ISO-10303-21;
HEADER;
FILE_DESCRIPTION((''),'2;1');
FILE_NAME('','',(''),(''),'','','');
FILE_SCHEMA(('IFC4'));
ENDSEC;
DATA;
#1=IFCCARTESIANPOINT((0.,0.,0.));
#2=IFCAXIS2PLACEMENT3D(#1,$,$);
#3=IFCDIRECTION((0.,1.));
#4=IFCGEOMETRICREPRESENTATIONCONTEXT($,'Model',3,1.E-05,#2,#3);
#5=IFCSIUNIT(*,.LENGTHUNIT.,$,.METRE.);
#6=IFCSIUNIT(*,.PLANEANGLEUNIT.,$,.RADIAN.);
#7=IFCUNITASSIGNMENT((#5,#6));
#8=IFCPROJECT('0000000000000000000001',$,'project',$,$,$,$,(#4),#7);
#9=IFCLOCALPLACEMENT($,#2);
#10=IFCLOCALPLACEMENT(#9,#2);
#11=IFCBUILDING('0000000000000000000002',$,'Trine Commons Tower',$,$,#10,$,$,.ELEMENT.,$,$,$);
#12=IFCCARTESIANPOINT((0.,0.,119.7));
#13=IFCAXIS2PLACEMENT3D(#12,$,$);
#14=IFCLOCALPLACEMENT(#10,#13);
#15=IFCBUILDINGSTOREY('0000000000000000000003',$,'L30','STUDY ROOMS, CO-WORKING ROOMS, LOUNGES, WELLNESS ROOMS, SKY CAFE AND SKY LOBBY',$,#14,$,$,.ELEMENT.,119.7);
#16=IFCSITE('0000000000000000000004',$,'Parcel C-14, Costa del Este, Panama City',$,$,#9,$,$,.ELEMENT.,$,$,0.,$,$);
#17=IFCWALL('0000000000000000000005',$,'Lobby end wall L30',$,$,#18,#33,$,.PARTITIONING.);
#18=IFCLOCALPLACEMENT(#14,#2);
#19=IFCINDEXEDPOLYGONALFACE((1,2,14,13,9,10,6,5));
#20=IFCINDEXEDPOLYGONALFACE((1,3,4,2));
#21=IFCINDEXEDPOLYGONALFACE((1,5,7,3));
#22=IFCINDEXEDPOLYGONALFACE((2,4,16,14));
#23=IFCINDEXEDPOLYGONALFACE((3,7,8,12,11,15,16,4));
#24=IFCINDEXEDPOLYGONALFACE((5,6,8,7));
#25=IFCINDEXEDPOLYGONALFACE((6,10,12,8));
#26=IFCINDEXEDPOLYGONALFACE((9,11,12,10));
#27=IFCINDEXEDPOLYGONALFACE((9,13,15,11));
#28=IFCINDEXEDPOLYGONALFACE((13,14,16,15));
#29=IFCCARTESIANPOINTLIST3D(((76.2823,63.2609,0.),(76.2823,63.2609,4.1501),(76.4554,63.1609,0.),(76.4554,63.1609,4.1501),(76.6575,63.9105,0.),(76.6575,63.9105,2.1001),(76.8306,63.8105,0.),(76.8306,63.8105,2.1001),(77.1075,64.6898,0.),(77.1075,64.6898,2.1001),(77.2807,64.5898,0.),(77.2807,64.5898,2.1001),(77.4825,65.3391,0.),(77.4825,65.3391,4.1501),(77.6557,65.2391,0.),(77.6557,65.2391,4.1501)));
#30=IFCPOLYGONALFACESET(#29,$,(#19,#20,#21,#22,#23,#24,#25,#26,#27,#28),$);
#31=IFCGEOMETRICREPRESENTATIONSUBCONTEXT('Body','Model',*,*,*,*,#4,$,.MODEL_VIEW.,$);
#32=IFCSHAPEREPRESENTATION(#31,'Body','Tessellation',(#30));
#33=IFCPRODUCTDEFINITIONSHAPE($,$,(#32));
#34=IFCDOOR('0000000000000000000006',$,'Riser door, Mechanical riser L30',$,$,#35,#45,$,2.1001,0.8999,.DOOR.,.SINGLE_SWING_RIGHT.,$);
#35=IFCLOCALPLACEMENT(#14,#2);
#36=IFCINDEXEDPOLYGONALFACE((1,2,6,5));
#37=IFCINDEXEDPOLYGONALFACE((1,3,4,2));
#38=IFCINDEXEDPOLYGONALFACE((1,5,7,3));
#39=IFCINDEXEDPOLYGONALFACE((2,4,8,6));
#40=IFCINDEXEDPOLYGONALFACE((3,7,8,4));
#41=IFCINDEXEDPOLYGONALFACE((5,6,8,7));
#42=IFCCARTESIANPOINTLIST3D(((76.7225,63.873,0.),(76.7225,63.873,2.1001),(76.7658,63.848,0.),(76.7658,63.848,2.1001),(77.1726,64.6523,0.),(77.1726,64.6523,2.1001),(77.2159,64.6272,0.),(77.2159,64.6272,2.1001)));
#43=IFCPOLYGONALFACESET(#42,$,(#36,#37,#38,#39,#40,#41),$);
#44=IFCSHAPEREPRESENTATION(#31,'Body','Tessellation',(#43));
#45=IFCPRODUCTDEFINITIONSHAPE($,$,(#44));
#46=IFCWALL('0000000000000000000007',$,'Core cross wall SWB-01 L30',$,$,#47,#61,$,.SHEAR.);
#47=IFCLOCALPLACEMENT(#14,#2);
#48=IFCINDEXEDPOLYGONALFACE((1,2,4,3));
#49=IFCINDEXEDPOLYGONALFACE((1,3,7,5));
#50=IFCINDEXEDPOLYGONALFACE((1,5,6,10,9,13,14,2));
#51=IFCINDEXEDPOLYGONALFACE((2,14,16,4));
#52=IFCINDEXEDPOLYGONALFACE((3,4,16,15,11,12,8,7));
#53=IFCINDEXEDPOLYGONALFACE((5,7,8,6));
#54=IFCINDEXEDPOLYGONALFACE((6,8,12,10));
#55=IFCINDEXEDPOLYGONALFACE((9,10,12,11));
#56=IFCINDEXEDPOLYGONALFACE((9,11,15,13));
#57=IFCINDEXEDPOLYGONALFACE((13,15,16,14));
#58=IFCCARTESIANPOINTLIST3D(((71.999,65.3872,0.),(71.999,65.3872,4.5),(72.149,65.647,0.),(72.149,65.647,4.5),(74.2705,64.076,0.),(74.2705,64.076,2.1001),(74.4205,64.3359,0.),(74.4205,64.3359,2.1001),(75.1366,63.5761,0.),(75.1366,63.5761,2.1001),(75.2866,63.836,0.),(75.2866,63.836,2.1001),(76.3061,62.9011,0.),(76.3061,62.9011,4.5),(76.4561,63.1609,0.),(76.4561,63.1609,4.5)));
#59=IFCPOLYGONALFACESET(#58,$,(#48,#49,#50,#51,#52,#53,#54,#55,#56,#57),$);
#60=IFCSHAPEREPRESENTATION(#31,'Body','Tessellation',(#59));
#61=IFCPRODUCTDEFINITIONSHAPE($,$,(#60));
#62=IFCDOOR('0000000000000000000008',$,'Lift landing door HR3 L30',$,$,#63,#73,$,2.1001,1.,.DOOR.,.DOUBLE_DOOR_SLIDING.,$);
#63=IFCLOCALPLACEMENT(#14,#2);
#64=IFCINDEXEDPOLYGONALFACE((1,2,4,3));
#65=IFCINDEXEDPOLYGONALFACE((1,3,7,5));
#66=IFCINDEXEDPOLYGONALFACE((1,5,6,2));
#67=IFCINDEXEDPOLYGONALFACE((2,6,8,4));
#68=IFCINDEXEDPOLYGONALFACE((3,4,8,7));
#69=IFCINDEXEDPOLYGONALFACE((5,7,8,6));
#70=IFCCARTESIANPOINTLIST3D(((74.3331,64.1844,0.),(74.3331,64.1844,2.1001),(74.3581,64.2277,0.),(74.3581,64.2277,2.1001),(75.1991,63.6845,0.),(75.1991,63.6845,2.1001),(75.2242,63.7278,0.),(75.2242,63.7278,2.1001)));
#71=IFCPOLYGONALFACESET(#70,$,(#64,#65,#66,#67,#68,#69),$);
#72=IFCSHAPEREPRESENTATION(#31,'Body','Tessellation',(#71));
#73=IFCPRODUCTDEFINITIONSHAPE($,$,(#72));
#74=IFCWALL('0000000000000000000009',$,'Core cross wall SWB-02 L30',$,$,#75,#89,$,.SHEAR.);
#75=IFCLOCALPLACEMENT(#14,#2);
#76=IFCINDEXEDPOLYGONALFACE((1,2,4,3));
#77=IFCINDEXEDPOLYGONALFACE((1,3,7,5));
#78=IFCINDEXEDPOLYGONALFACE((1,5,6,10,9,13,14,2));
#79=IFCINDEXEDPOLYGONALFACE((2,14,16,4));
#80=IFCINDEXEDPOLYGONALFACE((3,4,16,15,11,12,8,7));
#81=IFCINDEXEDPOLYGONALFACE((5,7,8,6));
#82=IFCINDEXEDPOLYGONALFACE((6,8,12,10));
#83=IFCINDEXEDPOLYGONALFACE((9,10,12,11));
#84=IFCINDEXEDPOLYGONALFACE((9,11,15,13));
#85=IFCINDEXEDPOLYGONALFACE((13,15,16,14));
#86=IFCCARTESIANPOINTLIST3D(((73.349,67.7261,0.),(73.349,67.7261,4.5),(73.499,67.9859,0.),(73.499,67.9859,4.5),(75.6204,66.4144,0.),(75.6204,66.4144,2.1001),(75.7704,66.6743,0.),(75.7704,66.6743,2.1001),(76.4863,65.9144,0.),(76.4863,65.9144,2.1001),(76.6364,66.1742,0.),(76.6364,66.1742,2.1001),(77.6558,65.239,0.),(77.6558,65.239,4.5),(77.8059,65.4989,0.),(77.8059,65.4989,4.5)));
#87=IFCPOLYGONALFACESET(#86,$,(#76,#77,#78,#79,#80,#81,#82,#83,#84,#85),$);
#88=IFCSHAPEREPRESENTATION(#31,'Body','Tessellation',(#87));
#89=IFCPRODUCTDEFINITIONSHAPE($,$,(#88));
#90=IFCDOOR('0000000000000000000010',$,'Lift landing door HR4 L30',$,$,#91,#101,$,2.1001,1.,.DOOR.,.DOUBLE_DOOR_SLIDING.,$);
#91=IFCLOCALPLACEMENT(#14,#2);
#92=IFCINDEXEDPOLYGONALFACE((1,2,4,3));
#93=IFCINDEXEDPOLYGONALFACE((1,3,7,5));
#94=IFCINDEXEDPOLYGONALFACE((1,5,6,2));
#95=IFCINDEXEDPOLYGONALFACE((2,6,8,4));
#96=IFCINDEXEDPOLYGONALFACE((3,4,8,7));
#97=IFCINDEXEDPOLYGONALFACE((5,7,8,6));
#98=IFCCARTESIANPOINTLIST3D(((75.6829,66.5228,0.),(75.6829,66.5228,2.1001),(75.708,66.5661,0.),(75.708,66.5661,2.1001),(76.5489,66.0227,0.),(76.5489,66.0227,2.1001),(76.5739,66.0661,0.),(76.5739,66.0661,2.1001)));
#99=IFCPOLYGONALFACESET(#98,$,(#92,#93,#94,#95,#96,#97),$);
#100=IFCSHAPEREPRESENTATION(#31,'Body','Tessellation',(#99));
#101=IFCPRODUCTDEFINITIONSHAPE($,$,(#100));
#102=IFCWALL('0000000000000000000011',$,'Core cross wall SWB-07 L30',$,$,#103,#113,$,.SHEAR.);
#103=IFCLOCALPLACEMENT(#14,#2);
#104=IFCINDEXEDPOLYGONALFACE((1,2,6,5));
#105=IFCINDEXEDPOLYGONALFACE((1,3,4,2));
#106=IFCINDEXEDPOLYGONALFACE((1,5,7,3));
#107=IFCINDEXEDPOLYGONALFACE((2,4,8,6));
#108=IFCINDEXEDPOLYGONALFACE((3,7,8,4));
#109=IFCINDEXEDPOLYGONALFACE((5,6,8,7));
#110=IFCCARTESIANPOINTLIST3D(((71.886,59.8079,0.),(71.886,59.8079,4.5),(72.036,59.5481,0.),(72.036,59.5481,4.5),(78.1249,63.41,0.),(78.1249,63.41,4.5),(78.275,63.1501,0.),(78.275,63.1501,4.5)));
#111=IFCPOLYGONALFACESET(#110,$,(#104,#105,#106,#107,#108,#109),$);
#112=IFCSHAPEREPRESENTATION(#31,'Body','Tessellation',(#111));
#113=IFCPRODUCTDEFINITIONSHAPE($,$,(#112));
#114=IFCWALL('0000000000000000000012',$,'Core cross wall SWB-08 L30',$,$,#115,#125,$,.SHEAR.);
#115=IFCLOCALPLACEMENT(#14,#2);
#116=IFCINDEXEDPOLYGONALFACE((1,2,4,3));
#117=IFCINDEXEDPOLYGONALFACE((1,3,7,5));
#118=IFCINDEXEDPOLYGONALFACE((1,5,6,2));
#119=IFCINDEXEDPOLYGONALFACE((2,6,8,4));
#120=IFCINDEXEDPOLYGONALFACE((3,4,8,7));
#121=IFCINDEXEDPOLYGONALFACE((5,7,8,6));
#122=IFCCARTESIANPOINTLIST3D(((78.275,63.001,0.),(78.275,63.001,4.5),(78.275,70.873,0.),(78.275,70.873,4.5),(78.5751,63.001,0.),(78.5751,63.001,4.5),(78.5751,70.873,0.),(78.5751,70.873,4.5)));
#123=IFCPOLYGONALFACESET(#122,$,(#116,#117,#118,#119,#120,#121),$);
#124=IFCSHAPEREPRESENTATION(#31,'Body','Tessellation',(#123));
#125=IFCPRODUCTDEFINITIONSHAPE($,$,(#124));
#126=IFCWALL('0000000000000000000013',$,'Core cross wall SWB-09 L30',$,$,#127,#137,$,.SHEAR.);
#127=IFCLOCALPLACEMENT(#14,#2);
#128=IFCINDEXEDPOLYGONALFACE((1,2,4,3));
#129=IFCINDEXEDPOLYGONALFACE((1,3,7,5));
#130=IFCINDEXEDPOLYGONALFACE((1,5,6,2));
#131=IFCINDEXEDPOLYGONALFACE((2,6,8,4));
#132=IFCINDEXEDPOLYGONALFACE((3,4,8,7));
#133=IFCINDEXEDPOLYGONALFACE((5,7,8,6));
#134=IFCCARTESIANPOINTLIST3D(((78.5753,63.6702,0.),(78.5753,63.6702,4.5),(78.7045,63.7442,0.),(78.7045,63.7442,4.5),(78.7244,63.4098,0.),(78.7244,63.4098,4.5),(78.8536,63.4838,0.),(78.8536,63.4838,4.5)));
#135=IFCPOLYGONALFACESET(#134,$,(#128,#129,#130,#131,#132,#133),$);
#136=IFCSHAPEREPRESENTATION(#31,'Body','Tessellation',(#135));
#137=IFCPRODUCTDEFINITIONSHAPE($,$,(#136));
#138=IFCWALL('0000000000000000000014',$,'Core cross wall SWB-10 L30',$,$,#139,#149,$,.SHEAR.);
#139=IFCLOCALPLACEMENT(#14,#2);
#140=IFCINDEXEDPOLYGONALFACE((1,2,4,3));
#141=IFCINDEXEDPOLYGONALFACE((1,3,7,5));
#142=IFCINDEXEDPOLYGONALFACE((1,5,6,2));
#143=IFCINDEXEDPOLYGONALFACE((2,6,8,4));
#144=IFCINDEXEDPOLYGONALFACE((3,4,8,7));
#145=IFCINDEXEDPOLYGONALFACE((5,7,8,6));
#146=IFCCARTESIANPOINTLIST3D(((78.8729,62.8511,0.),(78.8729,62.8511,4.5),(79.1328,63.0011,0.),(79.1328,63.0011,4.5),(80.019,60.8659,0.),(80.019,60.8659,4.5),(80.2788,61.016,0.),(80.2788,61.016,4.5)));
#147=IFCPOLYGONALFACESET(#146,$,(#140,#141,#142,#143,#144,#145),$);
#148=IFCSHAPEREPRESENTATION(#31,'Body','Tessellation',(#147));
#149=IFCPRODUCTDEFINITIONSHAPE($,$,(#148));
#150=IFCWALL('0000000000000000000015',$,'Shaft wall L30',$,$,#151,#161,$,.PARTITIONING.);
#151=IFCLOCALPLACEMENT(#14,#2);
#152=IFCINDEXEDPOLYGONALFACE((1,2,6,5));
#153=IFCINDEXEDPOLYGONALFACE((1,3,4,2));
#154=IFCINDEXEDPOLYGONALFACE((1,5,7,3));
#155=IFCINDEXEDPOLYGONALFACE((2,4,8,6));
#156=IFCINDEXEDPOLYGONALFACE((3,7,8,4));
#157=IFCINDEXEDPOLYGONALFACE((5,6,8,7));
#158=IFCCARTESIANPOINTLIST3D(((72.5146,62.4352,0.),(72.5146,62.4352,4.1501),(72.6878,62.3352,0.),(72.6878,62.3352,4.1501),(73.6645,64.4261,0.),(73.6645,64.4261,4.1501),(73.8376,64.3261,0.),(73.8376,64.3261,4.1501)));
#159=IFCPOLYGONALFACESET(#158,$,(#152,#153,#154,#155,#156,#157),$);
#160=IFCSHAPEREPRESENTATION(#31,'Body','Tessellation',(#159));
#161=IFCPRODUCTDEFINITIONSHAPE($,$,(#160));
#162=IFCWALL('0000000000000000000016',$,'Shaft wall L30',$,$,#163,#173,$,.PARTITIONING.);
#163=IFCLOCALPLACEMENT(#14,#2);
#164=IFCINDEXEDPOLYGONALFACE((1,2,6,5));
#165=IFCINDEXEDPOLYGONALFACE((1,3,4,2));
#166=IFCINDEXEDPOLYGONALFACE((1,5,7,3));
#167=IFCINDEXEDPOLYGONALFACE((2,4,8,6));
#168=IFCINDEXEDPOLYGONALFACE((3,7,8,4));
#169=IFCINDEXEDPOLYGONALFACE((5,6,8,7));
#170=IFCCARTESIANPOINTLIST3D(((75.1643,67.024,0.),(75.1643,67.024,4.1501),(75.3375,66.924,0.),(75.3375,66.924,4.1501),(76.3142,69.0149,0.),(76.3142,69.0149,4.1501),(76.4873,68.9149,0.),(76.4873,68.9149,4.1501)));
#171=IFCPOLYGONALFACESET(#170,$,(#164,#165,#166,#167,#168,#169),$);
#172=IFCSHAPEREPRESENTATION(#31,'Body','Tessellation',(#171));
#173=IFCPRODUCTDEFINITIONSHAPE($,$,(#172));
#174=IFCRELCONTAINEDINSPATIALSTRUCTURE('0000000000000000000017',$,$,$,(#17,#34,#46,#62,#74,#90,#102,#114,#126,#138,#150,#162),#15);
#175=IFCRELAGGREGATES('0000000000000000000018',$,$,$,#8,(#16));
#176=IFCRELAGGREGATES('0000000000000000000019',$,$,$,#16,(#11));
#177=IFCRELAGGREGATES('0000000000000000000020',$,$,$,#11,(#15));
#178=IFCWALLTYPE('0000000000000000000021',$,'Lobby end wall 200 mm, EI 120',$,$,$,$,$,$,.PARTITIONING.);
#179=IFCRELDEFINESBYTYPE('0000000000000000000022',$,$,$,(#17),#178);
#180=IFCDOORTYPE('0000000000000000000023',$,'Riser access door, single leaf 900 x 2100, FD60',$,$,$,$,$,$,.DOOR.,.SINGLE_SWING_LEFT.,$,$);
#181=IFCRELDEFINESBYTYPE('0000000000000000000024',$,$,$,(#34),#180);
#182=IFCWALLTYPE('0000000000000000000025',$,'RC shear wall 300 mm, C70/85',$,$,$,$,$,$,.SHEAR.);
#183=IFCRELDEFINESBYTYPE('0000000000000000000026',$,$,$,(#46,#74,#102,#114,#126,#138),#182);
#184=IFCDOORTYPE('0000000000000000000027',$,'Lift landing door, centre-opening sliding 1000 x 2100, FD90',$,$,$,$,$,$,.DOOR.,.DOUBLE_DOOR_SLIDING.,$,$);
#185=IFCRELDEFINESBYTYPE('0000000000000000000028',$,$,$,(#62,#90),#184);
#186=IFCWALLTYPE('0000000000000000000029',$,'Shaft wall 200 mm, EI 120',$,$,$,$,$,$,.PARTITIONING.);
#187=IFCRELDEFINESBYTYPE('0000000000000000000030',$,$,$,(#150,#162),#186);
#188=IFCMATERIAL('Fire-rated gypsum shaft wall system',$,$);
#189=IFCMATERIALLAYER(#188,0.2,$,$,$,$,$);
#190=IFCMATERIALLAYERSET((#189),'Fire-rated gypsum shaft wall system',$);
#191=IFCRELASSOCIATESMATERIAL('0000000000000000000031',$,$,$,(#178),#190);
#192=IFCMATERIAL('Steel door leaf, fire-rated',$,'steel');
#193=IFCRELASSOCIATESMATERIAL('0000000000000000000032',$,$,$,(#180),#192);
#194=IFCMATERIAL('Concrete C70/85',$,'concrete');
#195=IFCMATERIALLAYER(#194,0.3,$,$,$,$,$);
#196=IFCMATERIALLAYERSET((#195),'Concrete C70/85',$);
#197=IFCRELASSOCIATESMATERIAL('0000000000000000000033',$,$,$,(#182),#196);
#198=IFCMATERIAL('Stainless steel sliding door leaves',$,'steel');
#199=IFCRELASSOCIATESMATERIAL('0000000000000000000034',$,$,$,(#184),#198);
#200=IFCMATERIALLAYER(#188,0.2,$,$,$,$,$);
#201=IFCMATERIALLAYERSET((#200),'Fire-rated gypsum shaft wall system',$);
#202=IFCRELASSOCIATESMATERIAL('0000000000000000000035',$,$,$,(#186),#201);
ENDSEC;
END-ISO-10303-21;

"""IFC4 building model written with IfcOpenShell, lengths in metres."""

from ifc_helpers import new_model, si_unit, direction, frame, frame_2d, origin, place, context, subcontext, project, spatial, rectangle, extrude, material, layer, layer_set, type_object, element, fill, save


model = new_model("IFC4")

# Units and contexts
model_context = context("Model", 3, precision=1e-05, world=origin(), true_north=direction((0.0, 1.0)))
body_context = subcontext(model_context, "Body", "Model", "MODEL_VIEW")
ifc_project = project(units=[si_unit("LENGTHUNIT", "METRE"), si_unit("PLANEANGLEUNIT", "RADIAN")], contexts=[model_context])

# Site, building, storey
site_placement = place(None, origin())
site = spatial("IfcSite", under=ifc_project, at=site_placement, Name="Parcel C-14, Costa del Este, Panama City", CompositionType="ELEMENT", RefElevation=0.0)
building_placement = place(site_placement, origin())
building = spatial("IfcBuilding", under=site, at=building_placement, Name="Trine Commons Tower", CompositionType="ELEMENT")
storey_placement = place(building_placement, frame((0.0, 0.0, 119.7)))
storey = spatial("IfcBuildingStorey", under=building, at=storey_placement, Name="L30", Description="STUDY ROOMS, CO-WORKING ROOMS, LOUNGES, WELLNESS ROOMS, SKY CAFE AND SKY LOBBY", CompositionType="ELEMENT", Elevation=119.7)

# Walls, openings, doors
ifc_material_1 = material(Name="Fire-rated gypsum shaft wall system")
ifc_layer_1 = layer(ifc_material_1, 0.2)
ifc_layer_set_1 = layer_set([ifc_layer_1], Name="Fire-rated gypsum shaft wall system")
wall_type_1 = type_object("IfcWallType", Name="Lobby end wall 200 mm, EI 120", PredefinedType="PARTITIONING", material=ifc_layer_set_1)
wall_1_placement = place(storey_placement, frame((77.5691, 65.2891, 0.0), z_axis=(0.0, 0.0, 1.0), x_axis=(-0.500122, -0.865955, 0.0)))
wall_1 = element("IfcWall", 1, at=wall_1_placement, inside=storey, type_object=wall_type_1, Name="Lobby end wall L30", PredefinedType="PARTITIONING", context=body_context, shape_type="SweptSolid", body=[
    extrude(rectangle(XDim=2.3999, YDim=0.2, at=frame_2d((1.2, 0.0))), origin(), (0.0, 0.0, 1.0), 4.1501),
])
opening_1_placement = place(wall_1_placement, frame((0.7498, 0.0, 0.0)))
opening_1 = element("IfcOpeningElement", 2, at=opening_1_placement, cuts=wall_1, PredefinedType="OPENING", context=body_context, shape_type="SweptSolid", body=[
    extrude(rectangle(XDim=0.8999, YDim=2.1001, at=frame_2d((0.45, 1.05))), frame((0.0, 0.1099, 0.0), z_axis=(0.0, -1.0, 0.0), x_axis=(1.0, 0.0, 0.0)), (0.0, 0.0, 1.0), 0.22),
])
ifc_material_2 = material(Name="Steel door leaf, fire-rated", Category="steel")
door_type_1 = type_object("IfcDoorType", Name="Riser access door, single leaf 900 x 2100, FD60", OperationType="SINGLE_SWING_LEFT", PredefinedType="DOOR", material=ifc_material_2)
door_1_placement = place(opening_1_placement, frame((0.8999, 0.0, 0.0), z_axis=(0.0, 0.0, 1.0), x_axis=(-1.0, 0.0, 0.0)))
door_1 = element("IfcDoor", 3, at=door_1_placement, inside=storey, type_object=door_type_1, Name="Riser door, Mechanical riser L30", OperationType="SINGLE_SWING_RIGHT", OverallHeight=2.1001, OverallWidth=0.8999, PredefinedType="DOOR", context=body_context, shape_type="SweptSolid", body=[
    extrude(rectangle(XDim=0.8999, YDim=2.1001, at=frame_2d((0.45, 1.05))), frame((0.0, 0.0249, 0.0), z_axis=(0.0, -1.0, 0.0), x_axis=(1.0, 0.0, 0.0)), (0.0, 0.0, 1.0), 0.05),
])
fill(opening_1, door_1)
ifc_material_3 = material(Name="Concrete C70/85", Category="concrete")
ifc_layer_2 = layer(ifc_material_3, 0.3)
ifc_layer_set_2 = layer_set([ifc_layer_2], Name="Concrete C70/85")
wall_type_2 = type_object("IfcWallType", Name="RC shear wall 300 mm, C70/85", PredefinedType="SHEAR", material=ifc_layer_set_2)
wall_2_placement = place(storey_placement, frame((76.3811, 63.031, 0.0), z_axis=(0.0, 0.0, 1.0), x_axis=(-0.866081, 0.499904, 0.0)))
wall_2 = element("IfcWall", 4, at=wall_2_placement, inside=storey, type_object=wall_type_2, Name="Core cross wall SWB-01 L30", PredefinedType="SHEAR", context=body_context, shape_type="SweptSolid", body=[
    extrude(rectangle(XDim=4.9731, YDim=0.3, at=frame_2d((2.4866, 0.0))), origin(), (0.0, 0.0, 1.0), 4.5),
])
opening_2_placement = place(wall_2_placement, frame((1.3503, 0.0, 0.0)))
opening_2 = element("IfcOpeningElement", 5, at=opening_2_placement, cuts=wall_2, PredefinedType="OPENING", context=body_context, shape_type="SweptSolid", body=[
    extrude(rectangle(XDim=1.0, YDim=2.1001, at=frame_2d((0.5, 1.05))), frame((0.0, 0.1599, 0.0), z_axis=(0.0, -1.0, 0.0), x_axis=(1.0, 0.0, 0.0)), (0.0, 0.0, 1.0), 0.3201),
])
ifc_material_4 = material(Name="Stainless steel sliding door leaves", Category="steel")
door_type_2 = type_object("IfcDoorType", Name="Lift landing door, centre-opening sliding 1000 x 2100, FD90", OperationType="DOUBLE_DOOR_SLIDING", PredefinedType="DOOR", material=ifc_material_4)
door_2_placement = place(opening_2_placement, origin())
door_2 = element("IfcDoor", 6, at=door_2_placement, inside=storey, type_object=door_type_2, Name="Lift landing door HR3 L30", OperationType="DOUBLE_DOOR_SLIDING", OverallHeight=2.1001, OverallWidth=1.0, PredefinedType="DOOR", context=body_context, shape_type="SweptSolid", body=[
    extrude(rectangle(XDim=1.0, YDim=2.1001, at=frame_2d((0.5, 1.05))), frame((0.0, 0.0249, 0.0), z_axis=(0.0, -1.0, 0.0), x_axis=(1.0, 0.0, 0.0)), (0.0, 0.0, 1.0), 0.05),
])
fill(opening_2, door_2)
wall_3_placement = place(storey_placement, frame((77.731, 65.3689, 0.0), z_axis=(0.0, 0.0, 1.0), x_axis=(-0.865984, 0.500072, 0.0)))
wall_3 = element("IfcWall", 7, at=wall_3_placement, inside=storey, type_object=wall_type_2, Name="Core cross wall SWB-02 L30", PredefinedType="SHEAR", context=body_context, shape_type="SweptSolid", body=[
    extrude(rectangle(XDim=4.9734, YDim=0.3, at=frame_2d((2.4868, 0.0))), origin(), (0.0, 0.0, 1.0), 4.5),
])
opening_3_placement = place(wall_3_placement, frame((1.3506, 0.0, 0.0)))
opening_3 = element("IfcOpeningElement", 8, at=opening_3_placement, cuts=wall_3, PredefinedType="OPENING", context=body_context, shape_type="SweptSolid", body=[
    extrude(rectangle(XDim=1.0, YDim=2.1001, at=frame_2d((0.5, 1.05))), frame((0.0, 0.1599, 0.0), z_axis=(0.0, -1.0, 0.0), x_axis=(1.0, 0.0, 0.0)), (0.0, 0.0, 1.0), 0.3201),
])
door_3_placement = place(opening_3_placement, origin())
door_3 = element("IfcDoor", 9, at=door_3_placement, inside=storey, type_object=door_type_2, Name="Lift landing door HR4 L30", OperationType="DOUBLE_DOOR_SLIDING", OverallHeight=2.1001, OverallWidth=1.0, PredefinedType="DOOR", context=body_context, shape_type="SweptSolid", body=[
    extrude(rectangle(XDim=1.0, YDim=2.1001, at=frame_2d((0.5, 1.05))), frame((0.0, 0.0249, 0.0), z_axis=(0.0, -1.0, 0.0), x_axis=(1.0, 0.0, 0.0)), (0.0, 0.0, 1.0), 0.05),
])
fill(opening_3, door_3)

# Walls
wall_4_placement = place(storey_placement, frame((78.2, 63.28, 0.0), z_axis=(0.0, 0.0, 1.0), x_axis=(-0.866028, -0.499995, 0.0)))
element("IfcWall", 10, at=wall_4_placement, inside=storey, type_object=wall_type_2, Name="Core cross wall SWB-07 L30", PredefinedType="SHEAR", context=body_context, shape_type="SweptSolid", body=[
    extrude(rectangle(XDim=7.2041, YDim=0.3, at=frame_2d((3.6021, 0.0))), origin(), (0.0, 0.0, 1.0), 4.5),
])
wall_5_placement = place(storey_placement, frame((78.425, 63.001, 0.0), z_axis=(0.0, 0.0, 1.0), x_axis=(0.0, 1.0, 0.0)))
element("IfcWall", 11, at=wall_5_placement, inside=storey, type_object=wall_type_2, Name="Core cross wall SWB-08 L30", PredefinedType="SHEAR", context=body_context, shape_type="SweptSolid", body=[
    extrude(rectangle(XDim=7.8721, YDim=0.3, at=frame_2d((3.936, 0.0))), origin(), (0.0, 0.0, 1.0), 4.5),
])
wall_6_placement = place(storey_placement, frame((78.7791, 63.614, 0.0), z_axis=(0.0, 0.0, 1.0), x_axis=(-0.867738, -0.497022, 0.0)))
element("IfcWall", 12, at=wall_6_placement, inside=storey, type_object=wall_type_2, Name="Core cross wall SWB-09 L30", PredefinedType="SHEAR", context=body_context, shape_type="SweptSolid", body=[
    extrude(rectangle(XDim=0.1489, YDim=0.3, at=frame_2d((0.0745, 0.0))), origin(), (0.0, 0.0, 1.0), 4.5),
])
wall_7_placement = place(storey_placement, frame((79.0029, 62.926, 0.0), z_axis=(0.0, 0.0, 1.0), x_axis=(0.499965, -0.866045, 0.0)))
element("IfcWall", 13, at=wall_7_placement, inside=storey, type_object=wall_type_2, Name="Core cross wall SWB-10 L30", PredefinedType="SHEAR", context=body_context, shape_type="SweptSolid", body=[
    extrude(rectangle(XDim=2.2922, YDim=0.3, at=frame_2d((1.146, 0.0))), origin(), (0.0, 0.0, 1.0), 4.5),
])
ifc_layer_3 = layer(ifc_material_1, 0.2)
ifc_layer_set_3 = layer_set([ifc_layer_3], Name="Fire-rated gypsum shaft wall system")
wall_type_3 = type_object("IfcWallType", Name="Shaft wall 200 mm, EI 120", PredefinedType="PARTITIONING", material=ifc_layer_set_3)
for number, where, z_axis, x_axis, name in (
    (14, (73.751, 64.376, 0.0), (0.0, 0.0, 1.0), (-0.500136, -0.865947, 0.0), "Shaft wall L30"),
    (15, (75.251, 66.9741, 0.0), (0.0, 0.0, 1.0), (0.500136, 0.865947, 0.0), "Shaft wall L30"),
):
    element("IfcWall", number, at=place(storey_placement, frame(where, z_axis=z_axis, x_axis=x_axis)), inside=storey, type_object=wall_type_3, Name=name, PredefinedType="PARTITIONING", context=body_context, shape_type="SweptSolid", body=[
        extrude(rectangle(XDim=2.2991, YDim=0.2, at=frame_2d((1.1494, 0.0))), origin(), (0.0, 0.0, 1.0), 4.1501),
    ])

save(model, "model.ifc")
